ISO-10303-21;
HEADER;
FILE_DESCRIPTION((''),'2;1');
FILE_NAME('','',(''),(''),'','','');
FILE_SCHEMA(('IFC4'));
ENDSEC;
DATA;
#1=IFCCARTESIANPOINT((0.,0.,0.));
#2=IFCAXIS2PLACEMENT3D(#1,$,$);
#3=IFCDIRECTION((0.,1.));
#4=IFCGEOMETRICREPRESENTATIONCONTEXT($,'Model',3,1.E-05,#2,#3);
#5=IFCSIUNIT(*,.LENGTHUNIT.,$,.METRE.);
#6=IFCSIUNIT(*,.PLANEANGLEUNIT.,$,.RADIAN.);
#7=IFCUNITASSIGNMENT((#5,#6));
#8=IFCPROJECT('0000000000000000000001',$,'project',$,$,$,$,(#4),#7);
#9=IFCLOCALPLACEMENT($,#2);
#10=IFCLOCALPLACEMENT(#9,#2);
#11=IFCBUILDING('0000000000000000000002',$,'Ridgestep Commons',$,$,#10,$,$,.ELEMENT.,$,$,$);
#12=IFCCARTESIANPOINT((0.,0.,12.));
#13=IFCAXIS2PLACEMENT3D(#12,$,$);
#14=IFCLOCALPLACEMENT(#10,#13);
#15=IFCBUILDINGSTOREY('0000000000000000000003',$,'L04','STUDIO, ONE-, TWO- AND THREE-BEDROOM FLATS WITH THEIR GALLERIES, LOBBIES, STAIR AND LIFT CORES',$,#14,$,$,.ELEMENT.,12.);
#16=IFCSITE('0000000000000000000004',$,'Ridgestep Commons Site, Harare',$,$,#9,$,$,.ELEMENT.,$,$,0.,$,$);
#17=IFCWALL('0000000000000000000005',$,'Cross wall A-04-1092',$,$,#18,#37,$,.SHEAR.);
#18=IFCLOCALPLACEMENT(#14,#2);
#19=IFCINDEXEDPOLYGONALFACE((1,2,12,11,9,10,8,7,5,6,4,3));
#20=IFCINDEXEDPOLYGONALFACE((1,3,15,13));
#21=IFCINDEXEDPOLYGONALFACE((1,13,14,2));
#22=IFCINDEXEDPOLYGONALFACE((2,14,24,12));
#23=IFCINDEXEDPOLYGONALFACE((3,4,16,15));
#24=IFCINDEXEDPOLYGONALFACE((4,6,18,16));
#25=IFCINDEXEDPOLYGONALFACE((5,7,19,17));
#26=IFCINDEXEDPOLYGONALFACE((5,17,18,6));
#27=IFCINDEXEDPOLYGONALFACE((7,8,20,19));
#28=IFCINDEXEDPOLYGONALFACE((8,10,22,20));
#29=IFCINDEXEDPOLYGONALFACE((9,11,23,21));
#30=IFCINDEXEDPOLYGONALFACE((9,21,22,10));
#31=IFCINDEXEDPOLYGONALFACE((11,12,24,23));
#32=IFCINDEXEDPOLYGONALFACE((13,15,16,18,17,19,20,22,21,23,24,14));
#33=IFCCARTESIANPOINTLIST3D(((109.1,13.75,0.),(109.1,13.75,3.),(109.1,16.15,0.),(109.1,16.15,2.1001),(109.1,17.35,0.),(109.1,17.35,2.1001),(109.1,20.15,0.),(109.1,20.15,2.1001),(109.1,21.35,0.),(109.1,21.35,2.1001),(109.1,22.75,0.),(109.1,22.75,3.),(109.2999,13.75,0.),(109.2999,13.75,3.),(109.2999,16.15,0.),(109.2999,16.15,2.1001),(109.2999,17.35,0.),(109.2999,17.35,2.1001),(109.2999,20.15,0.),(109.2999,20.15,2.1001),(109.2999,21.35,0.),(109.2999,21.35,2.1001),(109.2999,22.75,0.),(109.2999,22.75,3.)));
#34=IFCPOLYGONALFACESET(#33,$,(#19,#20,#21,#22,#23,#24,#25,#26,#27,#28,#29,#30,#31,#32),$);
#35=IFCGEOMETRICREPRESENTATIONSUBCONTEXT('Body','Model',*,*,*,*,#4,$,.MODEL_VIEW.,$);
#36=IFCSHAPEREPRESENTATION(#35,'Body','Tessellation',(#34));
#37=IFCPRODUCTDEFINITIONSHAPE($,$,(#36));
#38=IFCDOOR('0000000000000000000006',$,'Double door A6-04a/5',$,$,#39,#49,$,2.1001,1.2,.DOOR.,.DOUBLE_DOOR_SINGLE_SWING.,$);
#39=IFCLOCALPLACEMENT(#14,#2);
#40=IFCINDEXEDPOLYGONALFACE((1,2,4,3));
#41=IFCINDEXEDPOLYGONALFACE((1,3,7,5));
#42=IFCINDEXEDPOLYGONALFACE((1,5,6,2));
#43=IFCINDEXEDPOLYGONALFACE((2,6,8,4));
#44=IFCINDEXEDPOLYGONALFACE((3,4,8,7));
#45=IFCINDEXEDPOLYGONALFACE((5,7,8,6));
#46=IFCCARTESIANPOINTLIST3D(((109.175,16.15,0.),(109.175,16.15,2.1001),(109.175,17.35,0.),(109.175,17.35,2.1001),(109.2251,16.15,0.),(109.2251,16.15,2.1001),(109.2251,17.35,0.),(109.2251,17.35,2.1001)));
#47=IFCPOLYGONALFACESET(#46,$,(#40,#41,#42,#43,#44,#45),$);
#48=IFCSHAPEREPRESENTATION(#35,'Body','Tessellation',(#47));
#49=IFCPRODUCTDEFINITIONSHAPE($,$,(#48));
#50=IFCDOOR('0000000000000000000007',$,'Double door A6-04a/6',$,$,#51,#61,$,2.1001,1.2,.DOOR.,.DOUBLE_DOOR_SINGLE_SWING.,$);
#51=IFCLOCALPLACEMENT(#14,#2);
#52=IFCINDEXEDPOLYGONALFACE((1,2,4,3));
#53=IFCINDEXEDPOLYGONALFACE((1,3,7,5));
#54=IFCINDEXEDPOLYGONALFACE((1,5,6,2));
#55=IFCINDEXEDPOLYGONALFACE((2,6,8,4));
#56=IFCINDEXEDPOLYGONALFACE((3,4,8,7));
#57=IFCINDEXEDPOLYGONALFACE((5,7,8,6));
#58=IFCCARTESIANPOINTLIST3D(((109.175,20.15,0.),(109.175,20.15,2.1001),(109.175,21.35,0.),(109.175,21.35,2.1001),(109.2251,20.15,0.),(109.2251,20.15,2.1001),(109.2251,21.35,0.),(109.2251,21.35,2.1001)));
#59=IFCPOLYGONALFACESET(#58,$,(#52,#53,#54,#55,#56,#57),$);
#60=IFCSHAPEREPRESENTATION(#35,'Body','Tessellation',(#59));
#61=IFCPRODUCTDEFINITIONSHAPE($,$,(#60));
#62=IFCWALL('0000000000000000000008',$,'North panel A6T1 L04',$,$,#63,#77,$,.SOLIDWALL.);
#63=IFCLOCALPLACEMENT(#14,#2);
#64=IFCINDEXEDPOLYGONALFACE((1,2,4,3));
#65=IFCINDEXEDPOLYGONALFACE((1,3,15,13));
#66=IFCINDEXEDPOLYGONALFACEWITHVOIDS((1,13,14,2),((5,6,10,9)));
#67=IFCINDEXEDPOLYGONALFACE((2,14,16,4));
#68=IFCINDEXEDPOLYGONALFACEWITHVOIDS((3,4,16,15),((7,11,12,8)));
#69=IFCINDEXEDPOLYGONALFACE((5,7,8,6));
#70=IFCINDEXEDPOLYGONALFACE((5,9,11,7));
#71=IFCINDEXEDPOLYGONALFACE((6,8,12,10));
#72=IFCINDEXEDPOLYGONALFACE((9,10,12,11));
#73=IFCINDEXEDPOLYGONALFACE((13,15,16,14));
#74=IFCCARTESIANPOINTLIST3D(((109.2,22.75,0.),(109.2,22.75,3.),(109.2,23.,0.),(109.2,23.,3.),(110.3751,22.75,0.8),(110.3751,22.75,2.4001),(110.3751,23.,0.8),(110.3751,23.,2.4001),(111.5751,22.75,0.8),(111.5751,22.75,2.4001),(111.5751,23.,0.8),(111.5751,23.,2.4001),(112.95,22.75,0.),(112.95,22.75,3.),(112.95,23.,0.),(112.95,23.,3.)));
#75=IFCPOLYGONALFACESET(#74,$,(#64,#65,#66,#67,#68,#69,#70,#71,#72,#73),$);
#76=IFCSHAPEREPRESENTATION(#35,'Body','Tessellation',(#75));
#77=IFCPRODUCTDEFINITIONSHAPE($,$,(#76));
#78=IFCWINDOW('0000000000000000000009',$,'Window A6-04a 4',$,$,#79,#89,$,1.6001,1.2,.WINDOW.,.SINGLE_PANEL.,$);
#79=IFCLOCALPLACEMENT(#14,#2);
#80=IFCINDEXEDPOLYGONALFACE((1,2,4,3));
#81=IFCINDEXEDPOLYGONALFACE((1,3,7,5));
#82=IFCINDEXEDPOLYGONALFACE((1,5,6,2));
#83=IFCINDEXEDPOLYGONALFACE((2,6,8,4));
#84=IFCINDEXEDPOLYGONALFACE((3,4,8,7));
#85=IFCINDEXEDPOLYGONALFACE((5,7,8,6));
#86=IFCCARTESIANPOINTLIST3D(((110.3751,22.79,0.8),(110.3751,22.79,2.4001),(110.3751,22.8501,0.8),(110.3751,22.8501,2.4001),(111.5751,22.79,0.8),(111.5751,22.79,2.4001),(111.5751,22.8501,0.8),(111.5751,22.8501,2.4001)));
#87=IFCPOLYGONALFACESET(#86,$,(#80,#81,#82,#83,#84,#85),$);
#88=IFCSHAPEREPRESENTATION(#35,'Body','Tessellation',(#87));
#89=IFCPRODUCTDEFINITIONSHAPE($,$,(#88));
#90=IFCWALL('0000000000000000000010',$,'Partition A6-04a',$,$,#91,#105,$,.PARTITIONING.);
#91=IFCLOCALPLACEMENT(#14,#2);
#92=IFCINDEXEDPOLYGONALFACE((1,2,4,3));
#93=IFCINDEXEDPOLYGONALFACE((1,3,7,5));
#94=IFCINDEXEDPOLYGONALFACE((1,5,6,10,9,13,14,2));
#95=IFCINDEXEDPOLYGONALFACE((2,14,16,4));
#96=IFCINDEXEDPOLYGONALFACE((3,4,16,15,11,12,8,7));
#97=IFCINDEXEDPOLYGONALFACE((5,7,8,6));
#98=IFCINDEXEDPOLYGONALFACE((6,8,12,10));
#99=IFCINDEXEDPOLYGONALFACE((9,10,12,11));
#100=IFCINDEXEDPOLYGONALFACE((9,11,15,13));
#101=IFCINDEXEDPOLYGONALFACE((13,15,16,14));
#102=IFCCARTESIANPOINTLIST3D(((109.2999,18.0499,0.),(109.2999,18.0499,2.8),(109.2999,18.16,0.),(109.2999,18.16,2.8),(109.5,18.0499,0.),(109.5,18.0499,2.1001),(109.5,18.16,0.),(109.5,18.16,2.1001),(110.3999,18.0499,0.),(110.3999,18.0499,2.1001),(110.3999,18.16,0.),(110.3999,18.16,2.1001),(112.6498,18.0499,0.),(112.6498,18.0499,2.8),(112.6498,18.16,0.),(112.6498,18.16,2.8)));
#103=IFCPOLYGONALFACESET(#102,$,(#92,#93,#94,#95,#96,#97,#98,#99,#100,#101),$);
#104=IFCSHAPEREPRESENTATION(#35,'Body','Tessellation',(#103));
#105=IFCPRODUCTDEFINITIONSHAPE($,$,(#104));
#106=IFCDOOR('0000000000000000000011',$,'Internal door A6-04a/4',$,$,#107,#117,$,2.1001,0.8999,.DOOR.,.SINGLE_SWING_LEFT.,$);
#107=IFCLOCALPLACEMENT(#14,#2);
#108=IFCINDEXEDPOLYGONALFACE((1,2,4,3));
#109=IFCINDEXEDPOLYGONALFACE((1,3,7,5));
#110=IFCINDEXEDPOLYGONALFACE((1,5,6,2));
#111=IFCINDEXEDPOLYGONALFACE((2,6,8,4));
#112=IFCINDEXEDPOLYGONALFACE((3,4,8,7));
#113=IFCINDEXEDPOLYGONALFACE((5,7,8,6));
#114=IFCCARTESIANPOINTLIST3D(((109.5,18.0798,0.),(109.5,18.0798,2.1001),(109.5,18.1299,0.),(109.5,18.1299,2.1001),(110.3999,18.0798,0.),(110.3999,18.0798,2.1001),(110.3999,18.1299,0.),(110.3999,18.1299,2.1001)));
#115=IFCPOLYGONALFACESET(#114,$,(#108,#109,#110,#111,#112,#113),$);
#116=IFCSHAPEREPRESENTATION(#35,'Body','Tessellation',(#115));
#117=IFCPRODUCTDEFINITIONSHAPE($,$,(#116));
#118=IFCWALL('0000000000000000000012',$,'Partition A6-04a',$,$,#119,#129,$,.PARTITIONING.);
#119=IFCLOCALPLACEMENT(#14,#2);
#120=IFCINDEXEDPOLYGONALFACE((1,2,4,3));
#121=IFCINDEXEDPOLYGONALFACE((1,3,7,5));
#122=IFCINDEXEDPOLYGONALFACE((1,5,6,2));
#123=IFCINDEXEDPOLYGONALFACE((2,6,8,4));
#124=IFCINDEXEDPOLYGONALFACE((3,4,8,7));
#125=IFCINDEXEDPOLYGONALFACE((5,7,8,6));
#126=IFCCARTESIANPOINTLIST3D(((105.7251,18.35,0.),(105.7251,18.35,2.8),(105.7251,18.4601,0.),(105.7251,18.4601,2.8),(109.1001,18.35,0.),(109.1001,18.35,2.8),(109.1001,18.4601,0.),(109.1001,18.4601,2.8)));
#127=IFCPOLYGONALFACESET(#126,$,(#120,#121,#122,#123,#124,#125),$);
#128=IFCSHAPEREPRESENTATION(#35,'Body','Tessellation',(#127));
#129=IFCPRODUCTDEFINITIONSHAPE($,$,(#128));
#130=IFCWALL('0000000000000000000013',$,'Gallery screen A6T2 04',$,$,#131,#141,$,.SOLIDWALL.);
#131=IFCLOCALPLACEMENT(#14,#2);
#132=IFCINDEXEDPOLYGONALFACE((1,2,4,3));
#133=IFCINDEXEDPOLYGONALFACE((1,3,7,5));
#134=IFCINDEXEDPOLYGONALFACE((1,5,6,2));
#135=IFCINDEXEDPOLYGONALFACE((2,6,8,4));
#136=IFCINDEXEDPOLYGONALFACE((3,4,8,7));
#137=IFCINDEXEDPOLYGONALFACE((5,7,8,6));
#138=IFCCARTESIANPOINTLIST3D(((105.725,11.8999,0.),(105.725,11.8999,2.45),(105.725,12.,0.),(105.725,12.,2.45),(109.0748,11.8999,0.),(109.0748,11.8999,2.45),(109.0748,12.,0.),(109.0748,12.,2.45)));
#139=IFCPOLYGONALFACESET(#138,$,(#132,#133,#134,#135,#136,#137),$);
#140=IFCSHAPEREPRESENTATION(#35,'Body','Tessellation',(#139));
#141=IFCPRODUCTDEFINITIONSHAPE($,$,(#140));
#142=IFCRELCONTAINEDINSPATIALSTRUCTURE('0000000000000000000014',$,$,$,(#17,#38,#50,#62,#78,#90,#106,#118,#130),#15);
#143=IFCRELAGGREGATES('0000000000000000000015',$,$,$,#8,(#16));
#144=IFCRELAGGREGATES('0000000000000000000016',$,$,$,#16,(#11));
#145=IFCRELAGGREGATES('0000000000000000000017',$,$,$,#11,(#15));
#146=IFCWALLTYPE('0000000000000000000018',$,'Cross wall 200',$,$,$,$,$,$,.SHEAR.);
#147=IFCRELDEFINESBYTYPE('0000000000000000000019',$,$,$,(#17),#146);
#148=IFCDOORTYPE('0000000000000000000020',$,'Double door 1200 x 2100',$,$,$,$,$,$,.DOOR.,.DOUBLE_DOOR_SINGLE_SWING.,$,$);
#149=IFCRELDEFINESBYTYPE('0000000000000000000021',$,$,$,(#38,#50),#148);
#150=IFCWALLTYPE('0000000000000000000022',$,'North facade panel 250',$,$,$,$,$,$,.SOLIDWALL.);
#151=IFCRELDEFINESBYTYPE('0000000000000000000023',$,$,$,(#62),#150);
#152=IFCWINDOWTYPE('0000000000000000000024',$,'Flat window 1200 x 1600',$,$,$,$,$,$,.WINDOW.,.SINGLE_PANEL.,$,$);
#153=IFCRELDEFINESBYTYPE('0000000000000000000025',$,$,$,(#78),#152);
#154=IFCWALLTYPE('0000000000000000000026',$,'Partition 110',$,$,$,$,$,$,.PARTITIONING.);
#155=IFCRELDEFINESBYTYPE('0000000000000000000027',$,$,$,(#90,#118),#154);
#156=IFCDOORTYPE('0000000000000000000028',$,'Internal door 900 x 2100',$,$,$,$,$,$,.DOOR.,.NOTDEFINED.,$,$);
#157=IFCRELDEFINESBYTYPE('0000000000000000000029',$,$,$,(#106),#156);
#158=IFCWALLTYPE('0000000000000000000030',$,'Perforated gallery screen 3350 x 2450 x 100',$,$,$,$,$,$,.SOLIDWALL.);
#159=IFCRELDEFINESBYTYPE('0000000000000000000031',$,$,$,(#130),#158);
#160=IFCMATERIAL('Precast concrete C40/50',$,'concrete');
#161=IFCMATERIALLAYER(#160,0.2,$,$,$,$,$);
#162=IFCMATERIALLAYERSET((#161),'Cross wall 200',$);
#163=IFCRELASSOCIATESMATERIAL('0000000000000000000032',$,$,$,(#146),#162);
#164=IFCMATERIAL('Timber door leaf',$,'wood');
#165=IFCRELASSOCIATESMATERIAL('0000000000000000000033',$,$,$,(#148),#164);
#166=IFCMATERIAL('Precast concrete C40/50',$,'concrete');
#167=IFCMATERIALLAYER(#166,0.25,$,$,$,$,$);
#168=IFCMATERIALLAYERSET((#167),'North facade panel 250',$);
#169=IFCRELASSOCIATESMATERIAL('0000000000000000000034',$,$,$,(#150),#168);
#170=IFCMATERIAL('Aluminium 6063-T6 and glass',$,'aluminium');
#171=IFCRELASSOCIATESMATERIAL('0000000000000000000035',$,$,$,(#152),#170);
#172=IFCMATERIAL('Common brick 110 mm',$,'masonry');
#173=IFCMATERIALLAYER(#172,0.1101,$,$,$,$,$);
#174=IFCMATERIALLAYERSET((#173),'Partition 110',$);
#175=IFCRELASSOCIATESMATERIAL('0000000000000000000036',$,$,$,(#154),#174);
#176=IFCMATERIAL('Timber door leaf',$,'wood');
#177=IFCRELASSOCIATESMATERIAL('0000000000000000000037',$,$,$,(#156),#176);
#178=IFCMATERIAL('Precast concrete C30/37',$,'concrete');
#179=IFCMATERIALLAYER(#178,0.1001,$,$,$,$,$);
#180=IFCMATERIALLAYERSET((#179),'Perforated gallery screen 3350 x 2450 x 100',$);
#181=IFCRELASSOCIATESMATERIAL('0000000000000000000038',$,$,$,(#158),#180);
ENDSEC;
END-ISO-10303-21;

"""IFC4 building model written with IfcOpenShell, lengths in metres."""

from ifc_helpers import new_model, si_unit, direction, frame, frame_2d, origin, place, context, subcontext, project, spatial, rectangle, extrude, material, layer, layer_set, type_object, element, fill, save


model = new_model("IFC4")

# Units and contexts
model_context = context("Model", 3, precision=1e-05, world=origin(), true_north=direction((0.0, 1.0)))
body_context = subcontext(model_context, "Body", "Model", "MODEL_VIEW")
ifc_project = project(units=[si_unit("LENGTHUNIT", "METRE"), si_unit("PLANEANGLEUNIT", "RADIAN")], contexts=[model_context])

# Site, building, storey
site_placement = place(None, origin())
site = spatial("IfcSite", under=ifc_project, at=site_placement, Name="Ridgestep Commons Site, Harare", CompositionType="ELEMENT", RefElevation=0.0)
building_placement = place(site_placement, origin())
building = spatial("IfcBuilding", under=site, at=building_placement, Name="Ridgestep Commons", CompositionType="ELEMENT")
storey_placement = place(building_placement, frame((0.0, 0.0, 12.0)))
storey = spatial("IfcBuildingStorey", under=building, at=storey_placement, Name="L04", Description="STUDIO, ONE-, TWO- AND THREE-BEDROOM FLATS WITH THEIR GALLERIES, LOBBIES, STAIR AND LIFT CORES", CompositionType="ELEMENT", Elevation=12.0)

# Wall, openings, doors
ifc_material_1 = material(Name="Precast concrete C40/50", Category="concrete")
ifc_layer_1 = layer(ifc_material_1, 0.2)
ifc_layer_set_1 = layer_set([ifc_layer_1], Name="Cross wall 200")
wall_type_1 = type_object("IfcWallType", Name="Cross wall 200", PredefinedType="SHEAR", material=ifc_layer_set_1)
wall_1_placement = place(storey_placement, frame((109.2, 13.75, 0.0), z_axis=(0.0, 0.0, 1.0), x_axis=(0.0, 1.0, 0.0)))
wall_1 = element("IfcWall", 1, at=wall_1_placement, inside=storey, type_object=wall_type_1, Name="Cross wall A-04-1092", PredefinedType="SHEAR", context=body_context, shape_type="SweptSolid", body=[
    extrude(rectangle(XDim=9.0, YDim=0.2, at=frame_2d((4.5, 0.0))), origin(), (0.0, 0.0, 1.0), 3.0),
])
opening_1_placement = place(wall_1_placement, frame((2.3999, 0.0, 0.0)))
opening_1 = element("IfcOpeningElement", 2, at=opening_1_placement, cuts=wall_1, PredefinedType="OPENING", context=body_context, shape_type="SweptSolid", body=[
    extrude(rectangle(XDim=1.2, YDim=2.1001, at=frame_2d((0.6001, 1.05))), frame((0.0, 0.1099, 0.0), z_axis=(0.0, -1.0, 0.0), x_axis=(1.0, 0.0, 0.0)), (0.0, 0.0, 1.0), 0.22),
])
opening_2_placement = place(wall_1_placement, frame((6.3999, 0.0, 0.0)))
opening_2 = element("IfcOpeningElement", 3, at=opening_2_placement, cuts=wall_1, PredefinedType="OPENING", context=body_context, shape_type="SweptSolid", body=[
    extrude(rectangle(XDim=1.2, YDim=2.1001, at=frame_2d((0.6001, 1.05))), frame((0.0, 0.1099, 0.0), z_axis=(0.0, -1.0, 0.0), x_axis=(1.0, 0.0, 0.0)), (0.0, 0.0, 1.0), 0.22),
])
ifc_material_2 = material(Name="Timber door leaf", Category="wood")
door_type_1 = type_object("IfcDoorType", Name="Double door 1200 x 2100", OperationType="DOUBLE_DOOR_SINGLE_SWING", PredefinedType="DOOR", material=ifc_material_2)
door_1_placement = place(opening_1_placement, origin())
door_1 = element("IfcDoor", 4, at=door_1_placement, inside=storey, type_object=door_type_1, Name="Double door A6-04a/5", OperationType="DOUBLE_DOOR_SINGLE_SWING", OverallHeight=2.1001, OverallWidth=1.2, PredefinedType="DOOR", context=body_context, shape_type="SweptSolid", body=[
    extrude(rectangle(XDim=1.2, YDim=2.1001, at=frame_2d((0.6001, 1.05))), frame((0.0, 0.0249, 0.0), z_axis=(0.0, -1.0, 0.0), x_axis=(1.0, 0.0, 0.0)), (0.0, 0.0, 1.0), 0.05),
])
fill(opening_1, door_1)
door_2_placement = place(opening_2_placement, origin())
door_2 = element("IfcDoor", 5, at=door_2_placement, inside=storey, type_object=door_type_1, Name="Double door A6-04a/6", OperationType="DOUBLE_DOOR_SINGLE_SWING", OverallHeight=2.1001, OverallWidth=1.2, PredefinedType="DOOR", context=body_context, shape_type="SweptSolid", body=[
    extrude(rectangle(XDim=1.2, YDim=2.1001, at=frame_2d((0.6001, 1.05))), frame((0.0, 0.0249, 0.0), z_axis=(0.0, -1.0, 0.0), x_axis=(1.0, 0.0, 0.0)), (0.0, 0.0, 1.0), 0.05),
])
fill(opening_2, door_2)

# Wall, opening, window
ifc_material_3 = material(Name="Precast concrete C40/50", Category="concrete")
ifc_layer_2 = layer(ifc_material_3, 0.25)
ifc_layer_set_2 = layer_set([ifc_layer_2], Name="North facade panel 250")
wall_type_2 = type_object("IfcWallType", Name="North facade panel 250", PredefinedType="SOLIDWALL", material=ifc_layer_set_2)
wall_2_placement = place(storey_placement, frame((109.2, 22.875, 0.0), z_axis=(0.0, 0.0, 1.0), x_axis=(1.0, 0.0, 0.0)))
wall_2 = element("IfcWall", 6, at=wall_2_placement, inside=storey, type_object=wall_type_2, Name="North panel A6T1 L04", PredefinedType="SOLIDWALL", context=body_context, shape_type="SweptSolid", body=[
    extrude(rectangle(XDim=3.75, YDim=0.25, at=frame_2d((1.875, 0.0))), origin(), (0.0, 0.0, 1.0), 3.0),
])
opening_3_placement = place(wall_2_placement, frame((1.175, 0.0, 0.8)))
opening_3 = element("IfcOpeningElement", 7, at=opening_3_placement, cuts=wall_2, PredefinedType="OPENING", context=body_context, shape_type="SweptSolid", body=[
    extrude(rectangle(XDim=1.2, YDim=1.6001, at=frame_2d((0.6001, 0.8))), frame((0.0, 0.135, 0.0), z_axis=(0.0, -1.0, 0.0), x_axis=(1.0, 0.0, 0.0)), (0.0, 0.0, 1.0), 0.27),
])
ifc_material_4 = material(Name="Aluminium 6063-T6 and glass", Category="aluminium")
window_type_1 = type_object("IfcWindowType", Name="Flat window 1200 x 1600", PartitioningType="SINGLE_PANEL", PredefinedType="WINDOW", material=ifc_material_4)
window_1_placement = place(opening_3_placement, origin())
window_1 = element("IfcWindow", 8, at=window_1_placement, inside=storey, type_object=window_type_1, Name="Window A6-04a 4", OverallHeight=1.6001, OverallWidth=1.2, PartitioningType="SINGLE_PANEL", PredefinedType="WINDOW", context=body_context, shape_type="SweptSolid", body=[
    extrude(rectangle(XDim=1.2, YDim=1.6001, at=frame_2d((0.6001, 0.8))), frame((0.0, -0.0249, 0.0), z_axis=(0.0, -1.0, 0.0), x_axis=(1.0, 0.0, 0.0)), (0.0, 0.0, 1.0), 0.0601),
])
fill(opening_3, window_1)

# Wall, opening, door
ifc_material_5 = material(Name="Common brick 110 mm", Category="masonry")
ifc_layer_3 = layer(ifc_material_5, 0.1101)
ifc_layer_set_3 = layer_set([ifc_layer_3], Name="Partition 110")
wall_type_3 = type_object("IfcWallType", Name="Partition 110", PredefinedType="PARTITIONING", material=ifc_layer_set_3)
wall_3_placement = place(storey_placement, frame((109.3, 18.105, 0.0), z_axis=(0.0, 0.0, 1.0), x_axis=(1.0, 0.0, 0.0)))
wall_3 = element("IfcWall", 9, at=wall_3_placement, inside=storey, type_object=wall_type_3, Name="Partition A6-04a", PredefinedType="PARTITIONING", context=body_context, shape_type="SweptSolid", body=[
    extrude(rectangle(XDim=3.3499, YDim=0.1101, at=frame_2d((1.6748, 0.0))), origin(), (0.0, 0.0, 1.0), 2.8),
])
opening_4_placement = place(wall_3_placement, frame((0.2, 0.0, 0.0)))
opening_4 = element("IfcOpeningElement", 10, at=opening_4_placement, cuts=wall_3, PredefinedType="OPENING", context=body_context, shape_type="SweptSolid", body=[
    extrude(rectangle(XDim=0.8999, YDim=2.1001, at=frame_2d((0.45, 1.05))), frame((0.0, 0.0649, 0.0), z_axis=(0.0, -1.0, 0.0), x_axis=(1.0, 0.0, 0.0)), (0.0, 0.0, 1.0), 0.1301),
])
ifc_material_6 = material(Name="Timber door leaf", Category="wood")
door_type_2 = type_object("IfcDoorType", Name="Internal door 900 x 2100", OperationType="NOTDEFINED", PredefinedType="DOOR", material=ifc_material_6)
door_3_placement = place(opening_4_placement, origin())
door_3 = element("IfcDoor", 11, at=door_3_placement, inside=storey, type_object=door_type_2, Name="Internal door A6-04a/4", OperationType="SINGLE_SWING_LEFT", OverallHeight=2.1001, OverallWidth=0.8999, PredefinedType="DOOR", context=body_context, shape_type="SweptSolid", body=[
    extrude(rectangle(XDim=0.8999, YDim=2.1001, at=frame_2d((0.45, 1.05))), frame((0.0, 0.0249, 0.0), z_axis=(0.0, -1.0, 0.0), x_axis=(1.0, 0.0, 0.0)), (0.0, 0.0, 1.0), 0.05),
])
fill(opening_4, door_3)

# Walls
wall_4_placement = place(storey_placement, frame((105.7251, 18.405, 0.0), z_axis=(0.0, 0.0, 1.0), x_axis=(1.0, 0.0, 0.0)))
element("IfcWall", 12, at=wall_4_placement, inside=storey, type_object=wall_type_3, Name="Partition A6-04a", PredefinedType="PARTITIONING", context=body_context, shape_type="SweptSolid", body=[
    extrude(rectangle(XDim=3.375, YDim=0.1101, at=frame_2d((1.6875, 0.0))), origin(), (0.0, 0.0, 1.0), 2.8),
])
ifc_material_7 = material(Name="Precast concrete C30/37", Category="concrete")
ifc_layer_4 = layer(ifc_material_7, 0.1001)
ifc_layer_set_4 = layer_set([ifc_layer_4], Name="Perforated gallery screen 3350 x 2450 x 100")
wall_type_4 = type_object("IfcWallType", Name="Perforated gallery screen 3350 x 2450 x 100", PredefinedType="SOLIDWALL", material=ifc_layer_set_4)
wall_5_placement = place(storey_placement, frame((105.7251, 11.95, 0.0), z_axis=(0.0, 0.0, 1.0), x_axis=(1.0, 0.0, 0.0)))
element("IfcWall", 13, at=wall_5_placement, inside=storey, type_object=wall_type_4, Name="Gallery screen A6T2 04", PredefinedType="SOLIDWALL", context=body_context, shape_type="SweptSolid", body=[
    extrude(rectangle(XDim=3.3499, YDim=0.1001, at=frame_2d((1.6748, 0.0))), origin(), (0.0, 0.0, 1.0), 2.45),
])

save(model, "model.ifc")
